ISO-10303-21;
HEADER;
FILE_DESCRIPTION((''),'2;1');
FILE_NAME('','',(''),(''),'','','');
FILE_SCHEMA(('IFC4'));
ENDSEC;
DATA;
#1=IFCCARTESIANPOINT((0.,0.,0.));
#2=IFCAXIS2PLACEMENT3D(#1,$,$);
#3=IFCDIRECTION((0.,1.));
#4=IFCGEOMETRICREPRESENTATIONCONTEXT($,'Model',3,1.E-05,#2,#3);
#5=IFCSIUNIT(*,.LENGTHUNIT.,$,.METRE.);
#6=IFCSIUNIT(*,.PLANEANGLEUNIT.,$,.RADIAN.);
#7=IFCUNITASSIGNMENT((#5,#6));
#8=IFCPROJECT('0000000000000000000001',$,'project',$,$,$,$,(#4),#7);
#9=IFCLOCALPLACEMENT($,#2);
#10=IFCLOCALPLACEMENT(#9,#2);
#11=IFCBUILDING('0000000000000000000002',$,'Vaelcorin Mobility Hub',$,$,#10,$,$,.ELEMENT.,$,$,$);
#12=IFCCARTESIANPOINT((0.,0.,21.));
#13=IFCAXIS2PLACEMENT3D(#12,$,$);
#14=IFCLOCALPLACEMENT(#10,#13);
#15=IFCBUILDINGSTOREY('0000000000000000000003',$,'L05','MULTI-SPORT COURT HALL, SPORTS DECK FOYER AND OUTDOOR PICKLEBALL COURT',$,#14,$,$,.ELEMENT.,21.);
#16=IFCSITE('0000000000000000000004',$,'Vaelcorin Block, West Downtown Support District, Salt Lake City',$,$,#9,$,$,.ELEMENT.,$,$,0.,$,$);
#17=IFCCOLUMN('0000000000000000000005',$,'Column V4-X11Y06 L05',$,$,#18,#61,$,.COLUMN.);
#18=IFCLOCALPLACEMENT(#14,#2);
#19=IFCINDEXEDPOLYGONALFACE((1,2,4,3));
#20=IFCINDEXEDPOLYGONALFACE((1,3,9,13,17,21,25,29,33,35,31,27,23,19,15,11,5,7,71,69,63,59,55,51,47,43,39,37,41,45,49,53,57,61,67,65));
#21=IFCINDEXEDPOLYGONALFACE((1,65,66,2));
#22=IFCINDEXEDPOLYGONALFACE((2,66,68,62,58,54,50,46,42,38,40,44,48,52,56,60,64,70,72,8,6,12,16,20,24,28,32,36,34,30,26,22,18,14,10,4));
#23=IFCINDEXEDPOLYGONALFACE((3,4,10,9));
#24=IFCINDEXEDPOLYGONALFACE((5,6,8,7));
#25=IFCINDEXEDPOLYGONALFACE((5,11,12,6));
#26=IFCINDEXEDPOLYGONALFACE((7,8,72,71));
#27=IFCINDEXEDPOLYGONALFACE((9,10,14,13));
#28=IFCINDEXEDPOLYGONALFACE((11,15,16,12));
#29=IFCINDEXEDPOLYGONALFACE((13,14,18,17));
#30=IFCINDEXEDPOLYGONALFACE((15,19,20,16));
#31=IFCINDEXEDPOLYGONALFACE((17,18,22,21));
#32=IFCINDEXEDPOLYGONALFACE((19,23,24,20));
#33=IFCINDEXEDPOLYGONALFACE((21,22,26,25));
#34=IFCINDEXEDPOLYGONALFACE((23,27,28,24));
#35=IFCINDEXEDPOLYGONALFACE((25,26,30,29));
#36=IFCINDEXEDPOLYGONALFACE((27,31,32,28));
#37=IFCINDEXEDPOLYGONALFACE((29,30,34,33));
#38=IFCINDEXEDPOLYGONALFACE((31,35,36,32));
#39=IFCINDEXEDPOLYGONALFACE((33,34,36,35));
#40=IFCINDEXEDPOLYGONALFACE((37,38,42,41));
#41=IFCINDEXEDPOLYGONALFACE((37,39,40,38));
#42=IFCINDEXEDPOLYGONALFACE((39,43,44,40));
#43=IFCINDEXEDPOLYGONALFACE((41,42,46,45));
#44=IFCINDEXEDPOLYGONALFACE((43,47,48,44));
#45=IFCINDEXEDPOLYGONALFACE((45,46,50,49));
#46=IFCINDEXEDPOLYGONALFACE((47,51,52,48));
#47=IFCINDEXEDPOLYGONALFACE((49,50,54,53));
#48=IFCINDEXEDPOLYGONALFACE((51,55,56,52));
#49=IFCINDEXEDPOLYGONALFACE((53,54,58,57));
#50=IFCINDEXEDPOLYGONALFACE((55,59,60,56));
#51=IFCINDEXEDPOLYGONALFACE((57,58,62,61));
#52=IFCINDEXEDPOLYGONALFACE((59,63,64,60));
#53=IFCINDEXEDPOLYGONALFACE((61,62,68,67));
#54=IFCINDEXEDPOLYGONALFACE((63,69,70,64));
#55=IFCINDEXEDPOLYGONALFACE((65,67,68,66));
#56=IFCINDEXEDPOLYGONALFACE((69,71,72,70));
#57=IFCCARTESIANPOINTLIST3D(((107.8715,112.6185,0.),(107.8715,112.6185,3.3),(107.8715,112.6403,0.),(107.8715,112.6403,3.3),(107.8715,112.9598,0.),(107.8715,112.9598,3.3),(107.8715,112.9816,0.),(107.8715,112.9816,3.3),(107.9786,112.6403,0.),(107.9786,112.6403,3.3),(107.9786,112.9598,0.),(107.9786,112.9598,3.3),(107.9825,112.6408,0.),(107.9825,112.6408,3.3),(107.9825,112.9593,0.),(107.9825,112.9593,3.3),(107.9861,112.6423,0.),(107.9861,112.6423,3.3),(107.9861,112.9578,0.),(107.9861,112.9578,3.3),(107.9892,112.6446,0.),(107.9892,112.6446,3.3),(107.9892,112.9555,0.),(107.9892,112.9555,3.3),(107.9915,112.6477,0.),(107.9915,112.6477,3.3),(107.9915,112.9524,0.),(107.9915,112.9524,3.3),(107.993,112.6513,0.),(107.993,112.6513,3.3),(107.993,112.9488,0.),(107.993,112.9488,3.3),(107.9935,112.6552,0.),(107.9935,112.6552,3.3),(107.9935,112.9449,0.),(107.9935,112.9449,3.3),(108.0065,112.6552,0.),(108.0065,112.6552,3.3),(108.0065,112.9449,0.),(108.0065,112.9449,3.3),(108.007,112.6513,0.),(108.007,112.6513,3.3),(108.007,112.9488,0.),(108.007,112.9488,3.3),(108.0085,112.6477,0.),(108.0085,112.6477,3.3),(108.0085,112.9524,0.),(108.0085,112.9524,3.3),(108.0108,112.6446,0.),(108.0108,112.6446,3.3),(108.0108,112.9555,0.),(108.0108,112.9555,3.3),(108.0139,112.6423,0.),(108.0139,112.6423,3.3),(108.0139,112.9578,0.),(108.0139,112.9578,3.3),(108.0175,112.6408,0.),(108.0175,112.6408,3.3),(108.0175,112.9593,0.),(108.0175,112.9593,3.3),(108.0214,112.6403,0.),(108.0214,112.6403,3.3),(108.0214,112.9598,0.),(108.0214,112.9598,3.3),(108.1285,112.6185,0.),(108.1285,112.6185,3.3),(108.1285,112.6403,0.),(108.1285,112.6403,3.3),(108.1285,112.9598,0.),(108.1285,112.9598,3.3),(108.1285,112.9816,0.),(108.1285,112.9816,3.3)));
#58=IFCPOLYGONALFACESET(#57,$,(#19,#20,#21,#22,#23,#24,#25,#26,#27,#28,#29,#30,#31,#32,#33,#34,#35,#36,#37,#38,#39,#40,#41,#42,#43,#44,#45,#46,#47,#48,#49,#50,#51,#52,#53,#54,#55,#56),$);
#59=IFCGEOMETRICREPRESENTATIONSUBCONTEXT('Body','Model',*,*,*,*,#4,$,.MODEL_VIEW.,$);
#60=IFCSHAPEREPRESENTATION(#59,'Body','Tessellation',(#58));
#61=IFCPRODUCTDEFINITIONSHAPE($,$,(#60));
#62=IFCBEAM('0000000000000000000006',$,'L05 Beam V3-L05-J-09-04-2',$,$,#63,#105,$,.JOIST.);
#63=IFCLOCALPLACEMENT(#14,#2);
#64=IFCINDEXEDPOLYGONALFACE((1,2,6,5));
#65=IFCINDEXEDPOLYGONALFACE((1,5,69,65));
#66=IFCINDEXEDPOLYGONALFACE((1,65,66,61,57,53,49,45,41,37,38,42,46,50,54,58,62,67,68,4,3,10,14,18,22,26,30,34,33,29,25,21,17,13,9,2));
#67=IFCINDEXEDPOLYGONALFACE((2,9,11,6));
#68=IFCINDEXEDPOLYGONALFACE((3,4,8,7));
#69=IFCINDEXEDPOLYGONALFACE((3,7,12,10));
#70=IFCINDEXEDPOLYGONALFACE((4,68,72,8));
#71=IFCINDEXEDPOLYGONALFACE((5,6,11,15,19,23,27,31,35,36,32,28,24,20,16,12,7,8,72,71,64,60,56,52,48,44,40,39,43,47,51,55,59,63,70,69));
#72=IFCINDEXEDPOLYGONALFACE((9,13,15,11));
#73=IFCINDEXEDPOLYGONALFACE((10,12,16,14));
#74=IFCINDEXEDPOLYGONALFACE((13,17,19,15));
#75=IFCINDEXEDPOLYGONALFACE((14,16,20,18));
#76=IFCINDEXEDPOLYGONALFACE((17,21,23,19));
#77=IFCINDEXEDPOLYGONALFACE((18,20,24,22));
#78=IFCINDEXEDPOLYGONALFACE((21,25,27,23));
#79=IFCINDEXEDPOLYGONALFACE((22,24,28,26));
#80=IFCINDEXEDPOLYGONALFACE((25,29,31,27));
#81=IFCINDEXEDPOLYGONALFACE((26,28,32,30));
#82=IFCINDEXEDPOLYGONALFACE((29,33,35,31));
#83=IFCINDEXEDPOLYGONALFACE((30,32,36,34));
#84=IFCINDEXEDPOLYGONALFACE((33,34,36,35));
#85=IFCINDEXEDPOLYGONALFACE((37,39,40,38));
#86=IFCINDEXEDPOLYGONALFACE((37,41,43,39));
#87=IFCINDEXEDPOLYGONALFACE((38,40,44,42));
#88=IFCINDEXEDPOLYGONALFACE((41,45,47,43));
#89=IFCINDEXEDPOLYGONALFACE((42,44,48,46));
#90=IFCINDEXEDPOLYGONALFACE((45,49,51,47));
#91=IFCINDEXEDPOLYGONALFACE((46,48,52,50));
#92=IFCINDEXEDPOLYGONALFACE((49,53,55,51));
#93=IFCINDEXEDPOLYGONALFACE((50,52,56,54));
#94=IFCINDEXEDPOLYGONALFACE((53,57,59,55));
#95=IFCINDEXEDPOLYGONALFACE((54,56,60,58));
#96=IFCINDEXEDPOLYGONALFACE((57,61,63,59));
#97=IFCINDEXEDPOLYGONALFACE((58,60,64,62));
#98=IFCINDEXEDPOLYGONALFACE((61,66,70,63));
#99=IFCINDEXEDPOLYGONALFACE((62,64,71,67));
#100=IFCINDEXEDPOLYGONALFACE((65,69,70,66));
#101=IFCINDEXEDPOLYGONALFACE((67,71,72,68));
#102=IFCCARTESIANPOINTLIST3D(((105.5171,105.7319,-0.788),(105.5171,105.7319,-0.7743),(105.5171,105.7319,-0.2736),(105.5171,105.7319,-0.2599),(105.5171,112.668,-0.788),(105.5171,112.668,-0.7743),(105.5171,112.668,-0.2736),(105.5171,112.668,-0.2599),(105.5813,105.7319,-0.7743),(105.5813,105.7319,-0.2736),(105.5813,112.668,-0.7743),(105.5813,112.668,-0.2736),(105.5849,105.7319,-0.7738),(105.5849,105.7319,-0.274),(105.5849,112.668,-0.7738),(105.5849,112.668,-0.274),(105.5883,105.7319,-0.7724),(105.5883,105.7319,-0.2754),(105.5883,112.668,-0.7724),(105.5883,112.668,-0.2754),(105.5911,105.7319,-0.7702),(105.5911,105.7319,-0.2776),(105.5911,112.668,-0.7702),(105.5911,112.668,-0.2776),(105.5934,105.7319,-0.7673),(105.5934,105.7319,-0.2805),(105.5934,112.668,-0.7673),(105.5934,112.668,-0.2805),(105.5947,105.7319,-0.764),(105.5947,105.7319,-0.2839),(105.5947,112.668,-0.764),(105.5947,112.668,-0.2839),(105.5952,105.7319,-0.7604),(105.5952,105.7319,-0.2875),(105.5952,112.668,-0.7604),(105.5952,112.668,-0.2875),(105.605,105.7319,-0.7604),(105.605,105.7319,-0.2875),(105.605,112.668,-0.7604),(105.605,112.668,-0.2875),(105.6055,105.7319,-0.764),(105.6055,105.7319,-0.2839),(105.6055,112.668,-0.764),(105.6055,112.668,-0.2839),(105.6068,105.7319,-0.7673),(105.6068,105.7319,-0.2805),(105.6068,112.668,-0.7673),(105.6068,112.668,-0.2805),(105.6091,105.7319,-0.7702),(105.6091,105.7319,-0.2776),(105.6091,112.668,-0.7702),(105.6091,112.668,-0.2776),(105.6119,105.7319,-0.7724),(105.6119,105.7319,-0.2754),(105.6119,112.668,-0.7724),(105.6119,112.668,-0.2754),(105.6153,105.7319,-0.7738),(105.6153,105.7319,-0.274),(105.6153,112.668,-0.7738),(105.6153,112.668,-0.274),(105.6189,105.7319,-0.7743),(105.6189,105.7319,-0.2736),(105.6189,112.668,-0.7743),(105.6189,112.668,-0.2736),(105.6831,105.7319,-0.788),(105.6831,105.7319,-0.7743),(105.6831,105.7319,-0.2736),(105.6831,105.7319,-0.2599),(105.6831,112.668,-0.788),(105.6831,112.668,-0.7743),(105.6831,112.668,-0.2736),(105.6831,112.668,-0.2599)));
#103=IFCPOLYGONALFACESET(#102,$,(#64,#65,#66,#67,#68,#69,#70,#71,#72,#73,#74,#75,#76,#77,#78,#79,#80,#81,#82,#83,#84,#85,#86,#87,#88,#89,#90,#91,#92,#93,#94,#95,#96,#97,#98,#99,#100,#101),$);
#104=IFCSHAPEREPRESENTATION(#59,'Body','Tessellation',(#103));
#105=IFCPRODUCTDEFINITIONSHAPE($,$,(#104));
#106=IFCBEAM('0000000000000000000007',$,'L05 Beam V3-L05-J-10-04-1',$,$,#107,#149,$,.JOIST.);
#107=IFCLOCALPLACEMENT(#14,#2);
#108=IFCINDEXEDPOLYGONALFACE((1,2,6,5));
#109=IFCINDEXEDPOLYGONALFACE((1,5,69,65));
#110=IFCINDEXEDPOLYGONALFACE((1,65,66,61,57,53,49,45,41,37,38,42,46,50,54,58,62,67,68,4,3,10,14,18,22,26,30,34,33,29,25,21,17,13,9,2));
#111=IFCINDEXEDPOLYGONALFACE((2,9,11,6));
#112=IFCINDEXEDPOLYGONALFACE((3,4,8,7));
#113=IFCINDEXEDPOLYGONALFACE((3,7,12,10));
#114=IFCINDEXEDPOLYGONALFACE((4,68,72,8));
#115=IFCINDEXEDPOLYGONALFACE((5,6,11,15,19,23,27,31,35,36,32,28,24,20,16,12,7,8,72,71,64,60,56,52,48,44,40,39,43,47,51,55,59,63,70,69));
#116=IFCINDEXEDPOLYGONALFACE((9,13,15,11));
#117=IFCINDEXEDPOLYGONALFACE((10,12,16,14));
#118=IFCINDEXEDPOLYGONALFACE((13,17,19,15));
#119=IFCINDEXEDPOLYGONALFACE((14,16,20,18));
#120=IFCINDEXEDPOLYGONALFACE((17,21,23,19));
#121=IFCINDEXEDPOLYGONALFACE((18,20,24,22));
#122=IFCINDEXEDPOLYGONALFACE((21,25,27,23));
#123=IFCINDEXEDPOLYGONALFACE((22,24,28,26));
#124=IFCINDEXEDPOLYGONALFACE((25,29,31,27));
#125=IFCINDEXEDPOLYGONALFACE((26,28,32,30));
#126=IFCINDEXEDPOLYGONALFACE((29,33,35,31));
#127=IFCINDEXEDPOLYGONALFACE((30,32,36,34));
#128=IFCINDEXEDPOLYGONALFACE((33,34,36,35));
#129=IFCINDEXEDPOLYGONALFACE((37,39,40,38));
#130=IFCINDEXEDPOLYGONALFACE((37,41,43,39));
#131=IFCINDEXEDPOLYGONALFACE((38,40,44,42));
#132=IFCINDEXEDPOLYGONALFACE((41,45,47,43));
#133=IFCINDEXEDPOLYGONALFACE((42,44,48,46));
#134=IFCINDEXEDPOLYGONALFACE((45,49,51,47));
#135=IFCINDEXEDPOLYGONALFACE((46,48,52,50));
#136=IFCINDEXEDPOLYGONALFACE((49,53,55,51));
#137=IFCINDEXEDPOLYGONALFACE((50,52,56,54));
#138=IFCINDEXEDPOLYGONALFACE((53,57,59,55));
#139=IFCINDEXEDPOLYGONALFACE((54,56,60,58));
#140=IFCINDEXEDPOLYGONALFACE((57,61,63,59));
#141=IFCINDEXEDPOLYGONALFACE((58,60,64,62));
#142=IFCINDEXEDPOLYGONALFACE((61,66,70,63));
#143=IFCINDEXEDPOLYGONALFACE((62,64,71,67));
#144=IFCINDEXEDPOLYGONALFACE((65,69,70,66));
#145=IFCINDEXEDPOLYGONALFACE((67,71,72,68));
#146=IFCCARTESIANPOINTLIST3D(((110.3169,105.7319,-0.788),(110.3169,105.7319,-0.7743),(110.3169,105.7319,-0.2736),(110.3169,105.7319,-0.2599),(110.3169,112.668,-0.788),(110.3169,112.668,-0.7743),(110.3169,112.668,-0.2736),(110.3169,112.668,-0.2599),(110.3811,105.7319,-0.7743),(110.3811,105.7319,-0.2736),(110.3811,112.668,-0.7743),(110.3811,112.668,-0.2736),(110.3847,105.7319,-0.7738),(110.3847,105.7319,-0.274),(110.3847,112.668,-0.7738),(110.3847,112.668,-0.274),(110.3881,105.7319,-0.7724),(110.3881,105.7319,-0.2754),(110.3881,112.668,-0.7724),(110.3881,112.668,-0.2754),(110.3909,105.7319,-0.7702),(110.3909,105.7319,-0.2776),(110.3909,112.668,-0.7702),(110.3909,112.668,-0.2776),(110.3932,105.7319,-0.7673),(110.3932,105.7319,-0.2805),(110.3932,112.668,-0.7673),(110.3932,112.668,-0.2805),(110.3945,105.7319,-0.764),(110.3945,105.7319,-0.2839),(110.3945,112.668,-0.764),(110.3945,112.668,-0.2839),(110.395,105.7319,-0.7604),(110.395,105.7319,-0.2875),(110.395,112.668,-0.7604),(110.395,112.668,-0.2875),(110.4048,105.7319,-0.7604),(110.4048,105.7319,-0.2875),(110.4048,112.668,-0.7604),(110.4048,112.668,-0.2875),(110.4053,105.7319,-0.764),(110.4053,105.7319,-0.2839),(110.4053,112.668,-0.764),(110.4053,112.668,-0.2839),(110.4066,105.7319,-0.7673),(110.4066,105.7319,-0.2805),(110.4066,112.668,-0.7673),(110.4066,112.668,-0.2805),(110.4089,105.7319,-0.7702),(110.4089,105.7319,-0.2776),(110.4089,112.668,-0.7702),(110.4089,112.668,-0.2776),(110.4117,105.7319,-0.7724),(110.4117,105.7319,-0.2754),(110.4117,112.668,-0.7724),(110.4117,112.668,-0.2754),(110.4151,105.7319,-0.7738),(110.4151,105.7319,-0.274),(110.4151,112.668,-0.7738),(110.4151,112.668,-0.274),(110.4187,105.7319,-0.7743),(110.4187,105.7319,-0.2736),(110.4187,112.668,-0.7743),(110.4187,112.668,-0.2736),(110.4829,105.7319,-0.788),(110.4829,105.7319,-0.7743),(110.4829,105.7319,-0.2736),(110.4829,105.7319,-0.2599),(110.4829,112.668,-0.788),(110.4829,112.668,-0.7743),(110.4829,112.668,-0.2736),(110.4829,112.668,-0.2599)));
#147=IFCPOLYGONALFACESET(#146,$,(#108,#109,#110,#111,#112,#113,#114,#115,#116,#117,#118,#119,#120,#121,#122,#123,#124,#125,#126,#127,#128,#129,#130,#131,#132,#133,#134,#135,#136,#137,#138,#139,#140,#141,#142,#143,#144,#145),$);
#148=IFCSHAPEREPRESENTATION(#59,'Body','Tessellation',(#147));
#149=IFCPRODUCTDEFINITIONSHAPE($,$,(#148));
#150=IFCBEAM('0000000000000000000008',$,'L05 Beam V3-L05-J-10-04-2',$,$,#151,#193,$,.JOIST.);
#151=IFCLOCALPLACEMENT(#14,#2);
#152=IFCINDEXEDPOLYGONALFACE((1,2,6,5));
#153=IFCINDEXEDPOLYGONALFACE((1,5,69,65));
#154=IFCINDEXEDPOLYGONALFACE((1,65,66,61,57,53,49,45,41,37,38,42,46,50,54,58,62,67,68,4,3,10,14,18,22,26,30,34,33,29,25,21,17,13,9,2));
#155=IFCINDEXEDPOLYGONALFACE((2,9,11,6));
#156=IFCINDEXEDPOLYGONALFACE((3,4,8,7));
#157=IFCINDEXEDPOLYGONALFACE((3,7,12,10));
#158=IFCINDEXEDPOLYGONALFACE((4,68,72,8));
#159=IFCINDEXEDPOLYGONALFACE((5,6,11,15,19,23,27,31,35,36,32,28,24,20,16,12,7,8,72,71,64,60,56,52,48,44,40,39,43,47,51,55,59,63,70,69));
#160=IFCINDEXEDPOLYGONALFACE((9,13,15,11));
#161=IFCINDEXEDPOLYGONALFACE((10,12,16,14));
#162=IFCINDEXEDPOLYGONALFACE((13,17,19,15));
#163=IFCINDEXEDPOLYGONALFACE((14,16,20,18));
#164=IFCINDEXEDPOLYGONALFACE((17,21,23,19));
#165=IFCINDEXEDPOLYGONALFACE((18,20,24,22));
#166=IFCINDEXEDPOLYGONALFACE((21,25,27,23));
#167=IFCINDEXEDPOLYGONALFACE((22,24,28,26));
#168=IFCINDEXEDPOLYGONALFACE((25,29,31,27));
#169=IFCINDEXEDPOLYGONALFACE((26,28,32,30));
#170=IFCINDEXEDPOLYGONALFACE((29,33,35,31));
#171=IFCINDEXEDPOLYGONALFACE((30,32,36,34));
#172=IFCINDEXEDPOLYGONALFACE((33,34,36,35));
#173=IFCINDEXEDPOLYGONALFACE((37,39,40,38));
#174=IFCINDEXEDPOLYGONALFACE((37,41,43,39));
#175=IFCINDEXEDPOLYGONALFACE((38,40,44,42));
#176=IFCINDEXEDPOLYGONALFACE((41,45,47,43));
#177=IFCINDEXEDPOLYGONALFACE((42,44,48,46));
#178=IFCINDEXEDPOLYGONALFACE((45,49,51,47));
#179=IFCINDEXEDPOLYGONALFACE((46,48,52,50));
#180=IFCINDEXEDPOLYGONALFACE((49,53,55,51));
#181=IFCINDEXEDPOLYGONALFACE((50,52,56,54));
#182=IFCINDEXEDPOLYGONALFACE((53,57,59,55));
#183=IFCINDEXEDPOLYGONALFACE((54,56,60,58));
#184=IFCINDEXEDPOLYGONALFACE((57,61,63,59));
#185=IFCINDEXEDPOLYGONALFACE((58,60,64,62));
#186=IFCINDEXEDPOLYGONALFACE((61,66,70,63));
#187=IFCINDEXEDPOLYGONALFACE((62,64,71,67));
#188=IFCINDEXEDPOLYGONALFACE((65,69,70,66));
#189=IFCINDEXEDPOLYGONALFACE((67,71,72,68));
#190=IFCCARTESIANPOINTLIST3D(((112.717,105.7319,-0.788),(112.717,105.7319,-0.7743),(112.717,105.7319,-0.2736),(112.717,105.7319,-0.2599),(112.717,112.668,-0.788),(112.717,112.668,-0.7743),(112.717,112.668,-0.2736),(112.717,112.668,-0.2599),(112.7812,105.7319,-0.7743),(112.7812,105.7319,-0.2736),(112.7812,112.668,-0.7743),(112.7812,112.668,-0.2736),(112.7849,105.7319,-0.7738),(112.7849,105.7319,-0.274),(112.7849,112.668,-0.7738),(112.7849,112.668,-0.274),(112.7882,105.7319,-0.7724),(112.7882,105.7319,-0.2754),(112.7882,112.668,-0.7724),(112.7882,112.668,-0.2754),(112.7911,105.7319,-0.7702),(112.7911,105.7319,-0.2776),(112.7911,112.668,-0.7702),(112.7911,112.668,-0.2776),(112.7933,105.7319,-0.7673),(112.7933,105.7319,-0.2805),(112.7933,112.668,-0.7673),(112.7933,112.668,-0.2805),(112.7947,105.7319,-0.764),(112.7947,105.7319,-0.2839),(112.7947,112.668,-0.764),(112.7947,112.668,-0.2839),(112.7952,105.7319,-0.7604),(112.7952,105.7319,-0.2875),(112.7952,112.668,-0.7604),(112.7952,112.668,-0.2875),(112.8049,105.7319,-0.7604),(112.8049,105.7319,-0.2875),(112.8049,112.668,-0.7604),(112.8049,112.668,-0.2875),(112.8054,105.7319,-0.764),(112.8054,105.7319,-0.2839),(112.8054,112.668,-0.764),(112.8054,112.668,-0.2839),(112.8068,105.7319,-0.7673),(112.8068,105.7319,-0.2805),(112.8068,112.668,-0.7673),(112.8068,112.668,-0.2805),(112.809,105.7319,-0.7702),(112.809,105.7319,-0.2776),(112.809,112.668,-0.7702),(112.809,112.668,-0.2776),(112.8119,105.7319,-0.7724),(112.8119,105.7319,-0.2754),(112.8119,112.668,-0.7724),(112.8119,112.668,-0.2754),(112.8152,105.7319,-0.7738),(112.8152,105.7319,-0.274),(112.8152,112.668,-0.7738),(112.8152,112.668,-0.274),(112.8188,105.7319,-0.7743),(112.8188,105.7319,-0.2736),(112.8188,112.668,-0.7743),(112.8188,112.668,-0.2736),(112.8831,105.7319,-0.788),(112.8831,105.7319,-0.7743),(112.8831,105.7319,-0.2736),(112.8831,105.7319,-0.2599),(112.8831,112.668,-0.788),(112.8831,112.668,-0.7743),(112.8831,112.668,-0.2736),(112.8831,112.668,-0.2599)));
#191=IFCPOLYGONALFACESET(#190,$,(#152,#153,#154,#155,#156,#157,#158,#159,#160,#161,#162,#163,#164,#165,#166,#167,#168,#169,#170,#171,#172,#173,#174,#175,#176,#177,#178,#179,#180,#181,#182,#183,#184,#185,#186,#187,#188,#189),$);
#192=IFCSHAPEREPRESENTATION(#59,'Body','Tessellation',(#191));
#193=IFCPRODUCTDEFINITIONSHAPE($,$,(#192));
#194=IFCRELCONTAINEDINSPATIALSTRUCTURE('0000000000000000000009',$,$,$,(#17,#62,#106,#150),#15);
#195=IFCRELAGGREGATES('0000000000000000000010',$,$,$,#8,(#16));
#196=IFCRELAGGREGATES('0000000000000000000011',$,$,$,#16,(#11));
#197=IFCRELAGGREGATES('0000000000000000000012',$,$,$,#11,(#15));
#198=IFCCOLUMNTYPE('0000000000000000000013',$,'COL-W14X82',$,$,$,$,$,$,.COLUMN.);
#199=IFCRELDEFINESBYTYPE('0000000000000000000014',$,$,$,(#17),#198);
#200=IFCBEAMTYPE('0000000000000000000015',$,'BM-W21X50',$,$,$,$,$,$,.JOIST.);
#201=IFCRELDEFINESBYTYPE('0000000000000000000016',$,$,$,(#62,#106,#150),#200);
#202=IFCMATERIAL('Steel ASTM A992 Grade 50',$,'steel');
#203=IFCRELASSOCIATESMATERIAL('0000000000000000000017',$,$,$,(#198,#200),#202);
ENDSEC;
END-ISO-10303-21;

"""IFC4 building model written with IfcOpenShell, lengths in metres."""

from ifc_helpers import new_model, si_unit, direction, frame, origin, origin_2d, place, context, subcontext, project, spatial, i_section, extrude, material, material_profile, profile_set, type_object, element, save


model = new_model("IFC4")

# Units and contexts
model_context = context("Model", 3, precision=1e-05, world=origin(), true_north=direction((0.0, 1.0)))
body_context = subcontext(model_context, "Body", "Model", "MODEL_VIEW")
ifc_project = project(units=[si_unit("LENGTHUNIT", "METRE"), si_unit("PLANEANGLEUNIT", "RADIAN")], contexts=[model_context])

# Site, building, storey
site_placement = place(None, origin())
site = spatial("IfcSite", under=ifc_project, at=site_placement, Name="Vaelcorin Block, West Downtown Support District, Salt Lake City", CompositionType="ELEMENT", RefElevation=0.0)
building_placement = place(site_placement, origin())
building = spatial("IfcBuilding", under=site, at=building_placement, Name="Vaelcorin Mobility Hub", CompositionType="ELEMENT")
storey_placement = place(building_placement, frame((0.0, 0.0, 21.0)))
storey = spatial("IfcBuildingStorey", under=building, at=storey_placement, Name="L05", Description="MULTI-SPORT COURT HALL, SPORTS DECK FOYER AND OUTDOOR PICKLEBALL COURT", CompositionType="ELEMENT", Elevation=21.0)

# Column
ifc_material_1 = material(Name="Steel ASTM A992 Grade 50", Category="steel")
ifc_material_profile_1 = material_profile(ifc_material_1, i_section(OverallWidth=0.2571, OverallDepth=0.363, WebThickness=0.0129, FlangeThickness=0.0217, FilletRadius=0.0149, at=origin_2d()), Name="W14X82")
ifc_profile_set_1 = profile_set([ifc_material_profile_1], Name="Steel ASTM A992 Grade 50")
column_type = type_object("IfcColumnType", Name="COL-W14X82", PredefinedType="COLUMN", material=ifc_profile_set_1)
column_placement = place(storey_placement, frame((108.0, 112.8, 0.0), z_axis=(0.0, 0.0, 1.0), x_axis=(1.0, 0.0, 0.0)))
element("IfcColumn", 1, at=column_placement, inside=storey, type_object=column_type, Name="Column V4-X11Y06 L05", PredefinedType="COLUMN", context=body_context, shape_type="SweptSolid", body=[
    extrude(i_section(OverallWidth=0.2571, OverallDepth=0.363, WebThickness=0.0129, FlangeThickness=0.0217, FilletRadius=0.0149, at=origin_2d()), origin(), (0.0, 0.0, 1.0), 3.3),
])

# Beams
ifc_material_profile_2 = material_profile(ifc_material_1, i_section(OverallWidth=0.166, OverallDepth=0.5281, WebThickness=0.0098, FlangeThickness=0.0137, FilletRadius=0.0139, at=origin_2d()), Name="W21X50")
ifc_profile_set_2 = profile_set([ifc_material_profile_2], Name="Steel ASTM A992 Grade 50")
beam_type_1 = type_object("IfcBeamType", Name="BM-W21X50", PredefinedType="JOIST", material=ifc_profile_set_2)
for number, where, z_axis, x_axis, name in (
    (2, (105.6001, 105.7319, -0.5239), (0.0, 1.0, 0.0), (-1.0, 0.0, 0.0), "L05 Beam V3-L05-J-09-04-2"),
    (3, (110.3999, 105.7319, -0.5239), (0.0, 1.0, 0.0), (-1.0, 0.0, 0.0), "L05 Beam V3-L05-J-10-04-1"),
    (4, (112.8, 105.7319, -0.5239), (0.0, 1.0, 0.0), (-1.0, 0.0, 0.0), "L05 Beam V3-L05-J-10-04-2"),
):
    element("IfcBeam", number, at=place(storey_placement, frame(where, z_axis=z_axis, x_axis=x_axis)), inside=storey, type_object=beam_type_1, Name=name, PredefinedType="JOIST", context=body_context, shape_type="SweptSolid", body=[
        extrude(i_section(OverallWidth=0.166, OverallDepth=0.5281, WebThickness=0.0098, FlangeThickness=0.0137, FilletRadius=0.0139, at=origin_2d()), origin(), (0.0, 0.0, 1.0), 6.936),
    ])

save(model, "model.ifc")
